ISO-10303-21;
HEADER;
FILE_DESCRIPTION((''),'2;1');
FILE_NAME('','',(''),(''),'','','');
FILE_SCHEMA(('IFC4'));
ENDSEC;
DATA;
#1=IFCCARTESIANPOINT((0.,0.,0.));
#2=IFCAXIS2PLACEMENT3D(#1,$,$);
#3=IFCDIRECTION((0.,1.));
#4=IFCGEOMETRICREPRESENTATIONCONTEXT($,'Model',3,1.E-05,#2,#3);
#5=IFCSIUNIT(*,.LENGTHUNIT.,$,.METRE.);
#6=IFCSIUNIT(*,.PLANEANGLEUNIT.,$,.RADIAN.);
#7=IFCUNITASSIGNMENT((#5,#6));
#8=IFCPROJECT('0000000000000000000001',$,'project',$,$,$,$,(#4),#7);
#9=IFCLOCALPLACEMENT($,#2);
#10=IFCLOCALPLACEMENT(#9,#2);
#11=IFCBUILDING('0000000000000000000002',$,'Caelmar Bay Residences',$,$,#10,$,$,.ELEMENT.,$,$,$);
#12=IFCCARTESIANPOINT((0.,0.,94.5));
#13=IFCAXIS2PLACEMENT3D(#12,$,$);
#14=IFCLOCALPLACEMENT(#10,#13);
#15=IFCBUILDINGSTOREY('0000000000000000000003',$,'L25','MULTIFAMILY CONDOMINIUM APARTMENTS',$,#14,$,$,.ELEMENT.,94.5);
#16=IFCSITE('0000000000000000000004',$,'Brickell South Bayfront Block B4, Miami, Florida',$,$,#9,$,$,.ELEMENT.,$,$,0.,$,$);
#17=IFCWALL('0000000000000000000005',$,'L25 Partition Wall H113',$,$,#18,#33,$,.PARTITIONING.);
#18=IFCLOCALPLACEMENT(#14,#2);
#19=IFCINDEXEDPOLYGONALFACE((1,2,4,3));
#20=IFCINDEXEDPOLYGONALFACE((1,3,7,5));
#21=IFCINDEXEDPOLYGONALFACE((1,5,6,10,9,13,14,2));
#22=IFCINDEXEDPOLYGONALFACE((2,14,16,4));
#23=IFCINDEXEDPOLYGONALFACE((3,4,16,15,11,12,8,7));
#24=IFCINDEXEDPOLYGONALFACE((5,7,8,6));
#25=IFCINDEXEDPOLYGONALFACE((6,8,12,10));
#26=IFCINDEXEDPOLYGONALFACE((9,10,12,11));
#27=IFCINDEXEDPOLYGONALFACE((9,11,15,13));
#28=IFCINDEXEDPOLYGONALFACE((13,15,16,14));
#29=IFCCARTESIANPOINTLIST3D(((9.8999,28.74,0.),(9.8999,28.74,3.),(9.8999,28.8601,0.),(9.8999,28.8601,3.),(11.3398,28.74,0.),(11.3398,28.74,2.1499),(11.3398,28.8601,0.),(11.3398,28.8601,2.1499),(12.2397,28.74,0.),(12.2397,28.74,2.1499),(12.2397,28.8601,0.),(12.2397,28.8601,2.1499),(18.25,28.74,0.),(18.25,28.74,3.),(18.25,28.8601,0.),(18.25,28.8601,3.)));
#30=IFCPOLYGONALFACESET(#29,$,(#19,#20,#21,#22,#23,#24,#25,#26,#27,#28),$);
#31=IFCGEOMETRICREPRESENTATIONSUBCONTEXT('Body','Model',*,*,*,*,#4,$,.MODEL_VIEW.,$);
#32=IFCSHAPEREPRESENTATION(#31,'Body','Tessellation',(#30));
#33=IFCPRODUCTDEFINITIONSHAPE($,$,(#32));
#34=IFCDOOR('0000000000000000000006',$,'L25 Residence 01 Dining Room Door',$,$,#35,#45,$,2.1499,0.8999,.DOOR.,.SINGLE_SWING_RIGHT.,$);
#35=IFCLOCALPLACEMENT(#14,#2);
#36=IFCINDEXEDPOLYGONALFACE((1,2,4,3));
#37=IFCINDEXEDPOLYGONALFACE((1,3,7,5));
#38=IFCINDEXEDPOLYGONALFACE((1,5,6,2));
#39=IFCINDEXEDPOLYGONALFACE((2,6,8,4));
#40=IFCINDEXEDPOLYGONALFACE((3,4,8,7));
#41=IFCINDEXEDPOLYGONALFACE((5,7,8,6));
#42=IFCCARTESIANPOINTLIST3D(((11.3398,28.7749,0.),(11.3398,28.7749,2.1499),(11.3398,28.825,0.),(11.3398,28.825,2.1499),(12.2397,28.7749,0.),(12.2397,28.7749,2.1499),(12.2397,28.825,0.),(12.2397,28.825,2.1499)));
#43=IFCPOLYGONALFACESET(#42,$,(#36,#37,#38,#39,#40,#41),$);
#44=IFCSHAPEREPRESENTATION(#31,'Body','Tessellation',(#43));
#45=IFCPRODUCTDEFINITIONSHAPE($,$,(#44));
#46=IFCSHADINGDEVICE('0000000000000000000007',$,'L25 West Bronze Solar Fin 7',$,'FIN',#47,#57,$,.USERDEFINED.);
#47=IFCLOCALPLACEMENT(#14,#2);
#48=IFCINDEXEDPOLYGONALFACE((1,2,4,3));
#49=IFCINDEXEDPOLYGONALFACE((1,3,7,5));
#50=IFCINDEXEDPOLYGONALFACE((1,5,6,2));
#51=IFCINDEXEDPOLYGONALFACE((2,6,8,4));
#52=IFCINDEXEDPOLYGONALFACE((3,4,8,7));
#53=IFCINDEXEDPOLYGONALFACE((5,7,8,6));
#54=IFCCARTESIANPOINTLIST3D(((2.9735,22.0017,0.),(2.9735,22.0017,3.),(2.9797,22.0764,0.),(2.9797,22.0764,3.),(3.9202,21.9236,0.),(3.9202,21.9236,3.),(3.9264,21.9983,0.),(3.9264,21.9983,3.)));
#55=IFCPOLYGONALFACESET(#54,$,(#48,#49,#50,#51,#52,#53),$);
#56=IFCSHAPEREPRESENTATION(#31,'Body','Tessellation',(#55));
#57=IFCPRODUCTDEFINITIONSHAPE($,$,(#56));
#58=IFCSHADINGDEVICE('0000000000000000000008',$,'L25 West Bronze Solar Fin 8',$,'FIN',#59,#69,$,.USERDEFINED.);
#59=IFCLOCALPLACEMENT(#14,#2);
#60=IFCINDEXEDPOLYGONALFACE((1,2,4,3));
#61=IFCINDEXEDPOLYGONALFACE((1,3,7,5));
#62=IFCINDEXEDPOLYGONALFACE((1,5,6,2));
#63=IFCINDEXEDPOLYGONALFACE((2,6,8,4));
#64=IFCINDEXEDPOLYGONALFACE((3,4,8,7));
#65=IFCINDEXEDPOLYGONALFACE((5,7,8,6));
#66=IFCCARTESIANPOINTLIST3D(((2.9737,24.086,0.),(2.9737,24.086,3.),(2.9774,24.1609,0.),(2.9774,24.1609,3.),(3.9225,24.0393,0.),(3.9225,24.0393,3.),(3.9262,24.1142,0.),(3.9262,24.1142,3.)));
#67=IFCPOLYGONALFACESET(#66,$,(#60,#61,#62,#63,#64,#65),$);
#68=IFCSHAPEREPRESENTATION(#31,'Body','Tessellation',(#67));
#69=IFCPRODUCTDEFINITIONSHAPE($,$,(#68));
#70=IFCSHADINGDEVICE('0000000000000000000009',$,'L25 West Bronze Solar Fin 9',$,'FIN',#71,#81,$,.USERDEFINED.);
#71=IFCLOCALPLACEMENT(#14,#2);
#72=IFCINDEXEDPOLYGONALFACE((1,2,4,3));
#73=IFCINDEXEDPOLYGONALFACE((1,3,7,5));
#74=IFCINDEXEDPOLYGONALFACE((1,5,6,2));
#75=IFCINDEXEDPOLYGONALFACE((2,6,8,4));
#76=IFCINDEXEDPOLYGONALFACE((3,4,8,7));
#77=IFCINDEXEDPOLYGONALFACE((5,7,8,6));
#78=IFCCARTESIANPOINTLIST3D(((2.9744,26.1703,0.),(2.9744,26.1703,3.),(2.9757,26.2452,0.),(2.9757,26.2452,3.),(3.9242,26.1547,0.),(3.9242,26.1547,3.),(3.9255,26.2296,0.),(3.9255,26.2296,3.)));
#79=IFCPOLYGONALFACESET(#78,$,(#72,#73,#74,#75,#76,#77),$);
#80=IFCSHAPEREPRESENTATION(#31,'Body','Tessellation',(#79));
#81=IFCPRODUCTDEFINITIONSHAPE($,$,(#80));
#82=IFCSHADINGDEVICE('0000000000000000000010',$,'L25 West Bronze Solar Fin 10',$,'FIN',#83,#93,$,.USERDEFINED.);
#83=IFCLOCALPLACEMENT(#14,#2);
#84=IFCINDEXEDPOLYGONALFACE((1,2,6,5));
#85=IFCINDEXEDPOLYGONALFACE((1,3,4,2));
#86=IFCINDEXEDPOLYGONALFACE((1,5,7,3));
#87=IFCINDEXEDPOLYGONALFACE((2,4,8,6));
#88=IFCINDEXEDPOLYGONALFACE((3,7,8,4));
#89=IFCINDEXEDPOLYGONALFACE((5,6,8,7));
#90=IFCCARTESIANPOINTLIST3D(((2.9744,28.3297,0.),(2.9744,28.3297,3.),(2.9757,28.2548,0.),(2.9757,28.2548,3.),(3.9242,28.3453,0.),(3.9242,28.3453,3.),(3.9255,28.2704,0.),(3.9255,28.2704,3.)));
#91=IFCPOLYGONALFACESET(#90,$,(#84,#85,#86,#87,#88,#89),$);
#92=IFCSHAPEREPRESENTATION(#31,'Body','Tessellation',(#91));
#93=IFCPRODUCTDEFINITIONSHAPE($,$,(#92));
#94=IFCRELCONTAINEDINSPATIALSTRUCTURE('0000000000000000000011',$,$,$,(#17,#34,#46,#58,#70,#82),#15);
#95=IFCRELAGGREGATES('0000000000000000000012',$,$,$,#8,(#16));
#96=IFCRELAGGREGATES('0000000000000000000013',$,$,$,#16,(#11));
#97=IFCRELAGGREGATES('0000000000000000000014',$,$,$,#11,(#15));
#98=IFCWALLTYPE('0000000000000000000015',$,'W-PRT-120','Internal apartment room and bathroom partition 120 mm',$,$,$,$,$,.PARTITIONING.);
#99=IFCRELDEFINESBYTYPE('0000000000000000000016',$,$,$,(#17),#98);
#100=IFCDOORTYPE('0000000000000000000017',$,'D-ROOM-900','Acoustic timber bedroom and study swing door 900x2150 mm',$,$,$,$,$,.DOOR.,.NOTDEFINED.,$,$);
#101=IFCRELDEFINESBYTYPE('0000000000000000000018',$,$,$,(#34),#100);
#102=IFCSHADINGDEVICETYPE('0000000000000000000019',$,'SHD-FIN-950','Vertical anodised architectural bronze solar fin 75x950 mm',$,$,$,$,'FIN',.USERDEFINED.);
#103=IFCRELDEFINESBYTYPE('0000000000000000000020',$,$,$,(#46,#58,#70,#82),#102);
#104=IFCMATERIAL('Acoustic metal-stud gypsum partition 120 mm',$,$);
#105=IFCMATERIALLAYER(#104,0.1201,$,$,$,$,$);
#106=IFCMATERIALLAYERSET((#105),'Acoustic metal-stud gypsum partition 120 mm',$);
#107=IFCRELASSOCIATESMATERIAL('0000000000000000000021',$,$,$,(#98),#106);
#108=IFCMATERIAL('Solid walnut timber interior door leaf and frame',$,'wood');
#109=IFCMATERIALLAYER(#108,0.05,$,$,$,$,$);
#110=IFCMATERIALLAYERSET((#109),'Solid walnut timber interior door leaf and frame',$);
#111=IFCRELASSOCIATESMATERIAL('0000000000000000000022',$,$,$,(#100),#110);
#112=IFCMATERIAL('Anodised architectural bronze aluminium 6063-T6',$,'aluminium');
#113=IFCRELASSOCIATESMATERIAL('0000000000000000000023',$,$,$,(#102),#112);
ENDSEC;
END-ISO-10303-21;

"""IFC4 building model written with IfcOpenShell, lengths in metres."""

from ifc_helpers import new_model, si_unit, direction, frame, frame_2d, origin, origin_2d, place, context, subcontext, project, spatial, rectangle, extrude, material, layer, layer_set, material_profile, profile_set, type_object, element, fill, save


model = new_model("IFC4")

# Units and contexts
model_context = context("Model", 3, precision=1e-05, world=origin(), true_north=direction((0.0, 1.0)))
body_context = subcontext(model_context, "Body", "Model", "MODEL_VIEW")
ifc_project = project(units=[si_unit("LENGTHUNIT", "METRE"), si_unit("PLANEANGLEUNIT", "RADIAN")], contexts=[model_context])

# Site, building, storey
site_placement = place(None, origin())
site = spatial("IfcSite", under=ifc_project, at=site_placement, Name="Brickell South Bayfront Block B4, Miami, Florida", CompositionType="ELEMENT", RefElevation=0.0)
building_placement = place(site_placement, origin())
building = spatial("IfcBuilding", under=site, at=building_placement, Name="Caelmar Bay Residences", CompositionType="ELEMENT")
storey_placement = place(building_placement, frame((0.0, 0.0, 94.5)))
storey = spatial("IfcBuildingStorey", under=building, at=storey_placement, Name="L25", Description="MULTIFAMILY CONDOMINIUM APARTMENTS", CompositionType="ELEMENT", Elevation=94.5)

# Shared definitions
ifc_material_1 = material(Name="Acoustic metal-stud gypsum partition 120 mm")
ifc_layer_1 = layer(ifc_material_1, 0.1201)
ifc_layer_set_1 = layer_set([ifc_layer_1], Name="Acoustic metal-stud gypsum partition 120 mm")
wall_type_1 = type_object("IfcWallType", Name="W-PRT-120", Description="Internal apartment room and bathroom partition 120 mm", PredefinedType="PARTITIONING", material=ifc_layer_set_1)

# Shared definitions
ifc_material_2 = material(Name="Solid walnut timber interior door leaf and frame", Category="wood")
ifc_layer_2 = layer(ifc_material_2, 0.05)
ifc_layer_set_2 = layer_set([ifc_layer_2], Name="Solid walnut timber interior door leaf and frame")
door_type = type_object("IfcDoorType", Name="D-ROOM-900", Description="Acoustic timber bedroom and study swing door 900x2150 mm", OperationType="NOTDEFINED", PredefinedType="DOOR", material=ifc_layer_set_2)

# Wall, opening, door
wall_1_placement = place(storey_placement, frame((9.8999, 28.8, 0.0), z_axis=(0.0, 0.0, 1.0), x_axis=(1.0, 0.0, 0.0)))
wall_1 = element("IfcWall", 1, at=wall_1_placement, inside=storey, type_object=wall_type_1, Name="L25 Partition Wall H113", PredefinedType="PARTITIONING", context=body_context, shape_type="SweptSolid", body=[
    extrude(rectangle(XDim=8.3501, YDim=0.1201, at=frame_2d((4.175, 0.0))), origin(), (0.0, 0.0, 1.0), 3.0),
])
opening_1_placement = place(wall_1_placement, frame((1.4399, 0.0, 0.0)))
opening_1 = element("IfcOpeningElement", 2, at=opening_1_placement, cuts=wall_1, PredefinedType="OPENING", context=body_context, shape_type="SweptSolid", body=[
    extrude(rectangle(XDim=0.8999, YDim=2.1499, at=frame_2d((0.45, 1.075))), frame((0.0, 0.0701, 0.0), z_axis=(0.0, -1.0, 0.0), x_axis=(1.0, 0.0, 0.0)), (0.0, 0.0, 1.0), 0.1401),
])
door_1_placement = place(opening_1_placement, origin())
door_1 = element("IfcDoor", 3, at=door_1_placement, inside=storey, type_object=door_type, Name="L25 Residence 01 Dining Room Door", OperationType="SINGLE_SWING_RIGHT", OverallHeight=2.1499, OverallWidth=0.8999, PredefinedType="DOOR", context=body_context, shape_type="SweptSolid", body=[
    extrude(rectangle(XDim=0.8999, YDim=2.1499, at=frame_2d((0.45, 1.075))), frame((0.0, 0.0249, 0.0), z_axis=(0.0, -1.0, 0.0), x_axis=(1.0, 0.0, 0.0)), (0.0, 0.0, 1.0), 0.05),
])
fill(opening_1, door_1)

# Shading devices
ifc_material_3 = material(Name="Anodised architectural bronze aluminium 6063-T6", Category="aluminium")
ifc_material_profile_1 = material_profile(ifc_material_3, rectangle(XDim=0.075, YDim=0.95, at=origin_2d()), Name="BRONZE-FIN-75X950")
ifc_profile_set_1 = profile_set([ifc_material_profile_1], Name="Anodised architectural bronze aluminium 6063-T6")
shading_device_type = type_object("IfcShadingDeviceType", Name="SHD-FIN-950", Description="Vertical anodised architectural bronze solar fin 75x950 mm", ElementType="FIN", PredefinedType="USERDEFINED", material=ifc_profile_set_1)
for number, where, z_axis, x_axis, name in (
    (4, (3.45, 22.0, 0.0), (0.0, 0.0, 1.0), (0.082112, 0.996623, 0.0), "L25 West Bronze Solar Fin 7"),
    (5, (3.45, 24.1001, 0.0), (0.0, 0.0, 1.0), (0.049198, 0.998789, 0.0), "L25 West Bronze Solar Fin 8"),
    (6, (3.45, 26.2, 0.0), (0.0, 0.0, 1.0), (0.016405, 0.999865, 0.0), "L25 West Bronze Solar Fin 9"),
    (7, (3.45, 28.3, 0.0), (0.0, 0.0, 1.0), (-0.016405, 0.999865, 0.0), "L25 West Bronze Solar Fin 10"),
):
    element("IfcShadingDevice", number, at=place(storey_placement, frame(where, z_axis=z_axis, x_axis=x_axis)), inside=storey, type_object=shading_device_type, Name=name, ObjectType="FIN", PredefinedType="USERDEFINED", context=body_context, shape_type="SweptSolid", body=[
        extrude(rectangle(XDim=0.075, YDim=0.95, at=origin_2d()), origin(), (0.0, 0.0, 1.0), 3.0),
    ])

save(model, "model.ifc")
